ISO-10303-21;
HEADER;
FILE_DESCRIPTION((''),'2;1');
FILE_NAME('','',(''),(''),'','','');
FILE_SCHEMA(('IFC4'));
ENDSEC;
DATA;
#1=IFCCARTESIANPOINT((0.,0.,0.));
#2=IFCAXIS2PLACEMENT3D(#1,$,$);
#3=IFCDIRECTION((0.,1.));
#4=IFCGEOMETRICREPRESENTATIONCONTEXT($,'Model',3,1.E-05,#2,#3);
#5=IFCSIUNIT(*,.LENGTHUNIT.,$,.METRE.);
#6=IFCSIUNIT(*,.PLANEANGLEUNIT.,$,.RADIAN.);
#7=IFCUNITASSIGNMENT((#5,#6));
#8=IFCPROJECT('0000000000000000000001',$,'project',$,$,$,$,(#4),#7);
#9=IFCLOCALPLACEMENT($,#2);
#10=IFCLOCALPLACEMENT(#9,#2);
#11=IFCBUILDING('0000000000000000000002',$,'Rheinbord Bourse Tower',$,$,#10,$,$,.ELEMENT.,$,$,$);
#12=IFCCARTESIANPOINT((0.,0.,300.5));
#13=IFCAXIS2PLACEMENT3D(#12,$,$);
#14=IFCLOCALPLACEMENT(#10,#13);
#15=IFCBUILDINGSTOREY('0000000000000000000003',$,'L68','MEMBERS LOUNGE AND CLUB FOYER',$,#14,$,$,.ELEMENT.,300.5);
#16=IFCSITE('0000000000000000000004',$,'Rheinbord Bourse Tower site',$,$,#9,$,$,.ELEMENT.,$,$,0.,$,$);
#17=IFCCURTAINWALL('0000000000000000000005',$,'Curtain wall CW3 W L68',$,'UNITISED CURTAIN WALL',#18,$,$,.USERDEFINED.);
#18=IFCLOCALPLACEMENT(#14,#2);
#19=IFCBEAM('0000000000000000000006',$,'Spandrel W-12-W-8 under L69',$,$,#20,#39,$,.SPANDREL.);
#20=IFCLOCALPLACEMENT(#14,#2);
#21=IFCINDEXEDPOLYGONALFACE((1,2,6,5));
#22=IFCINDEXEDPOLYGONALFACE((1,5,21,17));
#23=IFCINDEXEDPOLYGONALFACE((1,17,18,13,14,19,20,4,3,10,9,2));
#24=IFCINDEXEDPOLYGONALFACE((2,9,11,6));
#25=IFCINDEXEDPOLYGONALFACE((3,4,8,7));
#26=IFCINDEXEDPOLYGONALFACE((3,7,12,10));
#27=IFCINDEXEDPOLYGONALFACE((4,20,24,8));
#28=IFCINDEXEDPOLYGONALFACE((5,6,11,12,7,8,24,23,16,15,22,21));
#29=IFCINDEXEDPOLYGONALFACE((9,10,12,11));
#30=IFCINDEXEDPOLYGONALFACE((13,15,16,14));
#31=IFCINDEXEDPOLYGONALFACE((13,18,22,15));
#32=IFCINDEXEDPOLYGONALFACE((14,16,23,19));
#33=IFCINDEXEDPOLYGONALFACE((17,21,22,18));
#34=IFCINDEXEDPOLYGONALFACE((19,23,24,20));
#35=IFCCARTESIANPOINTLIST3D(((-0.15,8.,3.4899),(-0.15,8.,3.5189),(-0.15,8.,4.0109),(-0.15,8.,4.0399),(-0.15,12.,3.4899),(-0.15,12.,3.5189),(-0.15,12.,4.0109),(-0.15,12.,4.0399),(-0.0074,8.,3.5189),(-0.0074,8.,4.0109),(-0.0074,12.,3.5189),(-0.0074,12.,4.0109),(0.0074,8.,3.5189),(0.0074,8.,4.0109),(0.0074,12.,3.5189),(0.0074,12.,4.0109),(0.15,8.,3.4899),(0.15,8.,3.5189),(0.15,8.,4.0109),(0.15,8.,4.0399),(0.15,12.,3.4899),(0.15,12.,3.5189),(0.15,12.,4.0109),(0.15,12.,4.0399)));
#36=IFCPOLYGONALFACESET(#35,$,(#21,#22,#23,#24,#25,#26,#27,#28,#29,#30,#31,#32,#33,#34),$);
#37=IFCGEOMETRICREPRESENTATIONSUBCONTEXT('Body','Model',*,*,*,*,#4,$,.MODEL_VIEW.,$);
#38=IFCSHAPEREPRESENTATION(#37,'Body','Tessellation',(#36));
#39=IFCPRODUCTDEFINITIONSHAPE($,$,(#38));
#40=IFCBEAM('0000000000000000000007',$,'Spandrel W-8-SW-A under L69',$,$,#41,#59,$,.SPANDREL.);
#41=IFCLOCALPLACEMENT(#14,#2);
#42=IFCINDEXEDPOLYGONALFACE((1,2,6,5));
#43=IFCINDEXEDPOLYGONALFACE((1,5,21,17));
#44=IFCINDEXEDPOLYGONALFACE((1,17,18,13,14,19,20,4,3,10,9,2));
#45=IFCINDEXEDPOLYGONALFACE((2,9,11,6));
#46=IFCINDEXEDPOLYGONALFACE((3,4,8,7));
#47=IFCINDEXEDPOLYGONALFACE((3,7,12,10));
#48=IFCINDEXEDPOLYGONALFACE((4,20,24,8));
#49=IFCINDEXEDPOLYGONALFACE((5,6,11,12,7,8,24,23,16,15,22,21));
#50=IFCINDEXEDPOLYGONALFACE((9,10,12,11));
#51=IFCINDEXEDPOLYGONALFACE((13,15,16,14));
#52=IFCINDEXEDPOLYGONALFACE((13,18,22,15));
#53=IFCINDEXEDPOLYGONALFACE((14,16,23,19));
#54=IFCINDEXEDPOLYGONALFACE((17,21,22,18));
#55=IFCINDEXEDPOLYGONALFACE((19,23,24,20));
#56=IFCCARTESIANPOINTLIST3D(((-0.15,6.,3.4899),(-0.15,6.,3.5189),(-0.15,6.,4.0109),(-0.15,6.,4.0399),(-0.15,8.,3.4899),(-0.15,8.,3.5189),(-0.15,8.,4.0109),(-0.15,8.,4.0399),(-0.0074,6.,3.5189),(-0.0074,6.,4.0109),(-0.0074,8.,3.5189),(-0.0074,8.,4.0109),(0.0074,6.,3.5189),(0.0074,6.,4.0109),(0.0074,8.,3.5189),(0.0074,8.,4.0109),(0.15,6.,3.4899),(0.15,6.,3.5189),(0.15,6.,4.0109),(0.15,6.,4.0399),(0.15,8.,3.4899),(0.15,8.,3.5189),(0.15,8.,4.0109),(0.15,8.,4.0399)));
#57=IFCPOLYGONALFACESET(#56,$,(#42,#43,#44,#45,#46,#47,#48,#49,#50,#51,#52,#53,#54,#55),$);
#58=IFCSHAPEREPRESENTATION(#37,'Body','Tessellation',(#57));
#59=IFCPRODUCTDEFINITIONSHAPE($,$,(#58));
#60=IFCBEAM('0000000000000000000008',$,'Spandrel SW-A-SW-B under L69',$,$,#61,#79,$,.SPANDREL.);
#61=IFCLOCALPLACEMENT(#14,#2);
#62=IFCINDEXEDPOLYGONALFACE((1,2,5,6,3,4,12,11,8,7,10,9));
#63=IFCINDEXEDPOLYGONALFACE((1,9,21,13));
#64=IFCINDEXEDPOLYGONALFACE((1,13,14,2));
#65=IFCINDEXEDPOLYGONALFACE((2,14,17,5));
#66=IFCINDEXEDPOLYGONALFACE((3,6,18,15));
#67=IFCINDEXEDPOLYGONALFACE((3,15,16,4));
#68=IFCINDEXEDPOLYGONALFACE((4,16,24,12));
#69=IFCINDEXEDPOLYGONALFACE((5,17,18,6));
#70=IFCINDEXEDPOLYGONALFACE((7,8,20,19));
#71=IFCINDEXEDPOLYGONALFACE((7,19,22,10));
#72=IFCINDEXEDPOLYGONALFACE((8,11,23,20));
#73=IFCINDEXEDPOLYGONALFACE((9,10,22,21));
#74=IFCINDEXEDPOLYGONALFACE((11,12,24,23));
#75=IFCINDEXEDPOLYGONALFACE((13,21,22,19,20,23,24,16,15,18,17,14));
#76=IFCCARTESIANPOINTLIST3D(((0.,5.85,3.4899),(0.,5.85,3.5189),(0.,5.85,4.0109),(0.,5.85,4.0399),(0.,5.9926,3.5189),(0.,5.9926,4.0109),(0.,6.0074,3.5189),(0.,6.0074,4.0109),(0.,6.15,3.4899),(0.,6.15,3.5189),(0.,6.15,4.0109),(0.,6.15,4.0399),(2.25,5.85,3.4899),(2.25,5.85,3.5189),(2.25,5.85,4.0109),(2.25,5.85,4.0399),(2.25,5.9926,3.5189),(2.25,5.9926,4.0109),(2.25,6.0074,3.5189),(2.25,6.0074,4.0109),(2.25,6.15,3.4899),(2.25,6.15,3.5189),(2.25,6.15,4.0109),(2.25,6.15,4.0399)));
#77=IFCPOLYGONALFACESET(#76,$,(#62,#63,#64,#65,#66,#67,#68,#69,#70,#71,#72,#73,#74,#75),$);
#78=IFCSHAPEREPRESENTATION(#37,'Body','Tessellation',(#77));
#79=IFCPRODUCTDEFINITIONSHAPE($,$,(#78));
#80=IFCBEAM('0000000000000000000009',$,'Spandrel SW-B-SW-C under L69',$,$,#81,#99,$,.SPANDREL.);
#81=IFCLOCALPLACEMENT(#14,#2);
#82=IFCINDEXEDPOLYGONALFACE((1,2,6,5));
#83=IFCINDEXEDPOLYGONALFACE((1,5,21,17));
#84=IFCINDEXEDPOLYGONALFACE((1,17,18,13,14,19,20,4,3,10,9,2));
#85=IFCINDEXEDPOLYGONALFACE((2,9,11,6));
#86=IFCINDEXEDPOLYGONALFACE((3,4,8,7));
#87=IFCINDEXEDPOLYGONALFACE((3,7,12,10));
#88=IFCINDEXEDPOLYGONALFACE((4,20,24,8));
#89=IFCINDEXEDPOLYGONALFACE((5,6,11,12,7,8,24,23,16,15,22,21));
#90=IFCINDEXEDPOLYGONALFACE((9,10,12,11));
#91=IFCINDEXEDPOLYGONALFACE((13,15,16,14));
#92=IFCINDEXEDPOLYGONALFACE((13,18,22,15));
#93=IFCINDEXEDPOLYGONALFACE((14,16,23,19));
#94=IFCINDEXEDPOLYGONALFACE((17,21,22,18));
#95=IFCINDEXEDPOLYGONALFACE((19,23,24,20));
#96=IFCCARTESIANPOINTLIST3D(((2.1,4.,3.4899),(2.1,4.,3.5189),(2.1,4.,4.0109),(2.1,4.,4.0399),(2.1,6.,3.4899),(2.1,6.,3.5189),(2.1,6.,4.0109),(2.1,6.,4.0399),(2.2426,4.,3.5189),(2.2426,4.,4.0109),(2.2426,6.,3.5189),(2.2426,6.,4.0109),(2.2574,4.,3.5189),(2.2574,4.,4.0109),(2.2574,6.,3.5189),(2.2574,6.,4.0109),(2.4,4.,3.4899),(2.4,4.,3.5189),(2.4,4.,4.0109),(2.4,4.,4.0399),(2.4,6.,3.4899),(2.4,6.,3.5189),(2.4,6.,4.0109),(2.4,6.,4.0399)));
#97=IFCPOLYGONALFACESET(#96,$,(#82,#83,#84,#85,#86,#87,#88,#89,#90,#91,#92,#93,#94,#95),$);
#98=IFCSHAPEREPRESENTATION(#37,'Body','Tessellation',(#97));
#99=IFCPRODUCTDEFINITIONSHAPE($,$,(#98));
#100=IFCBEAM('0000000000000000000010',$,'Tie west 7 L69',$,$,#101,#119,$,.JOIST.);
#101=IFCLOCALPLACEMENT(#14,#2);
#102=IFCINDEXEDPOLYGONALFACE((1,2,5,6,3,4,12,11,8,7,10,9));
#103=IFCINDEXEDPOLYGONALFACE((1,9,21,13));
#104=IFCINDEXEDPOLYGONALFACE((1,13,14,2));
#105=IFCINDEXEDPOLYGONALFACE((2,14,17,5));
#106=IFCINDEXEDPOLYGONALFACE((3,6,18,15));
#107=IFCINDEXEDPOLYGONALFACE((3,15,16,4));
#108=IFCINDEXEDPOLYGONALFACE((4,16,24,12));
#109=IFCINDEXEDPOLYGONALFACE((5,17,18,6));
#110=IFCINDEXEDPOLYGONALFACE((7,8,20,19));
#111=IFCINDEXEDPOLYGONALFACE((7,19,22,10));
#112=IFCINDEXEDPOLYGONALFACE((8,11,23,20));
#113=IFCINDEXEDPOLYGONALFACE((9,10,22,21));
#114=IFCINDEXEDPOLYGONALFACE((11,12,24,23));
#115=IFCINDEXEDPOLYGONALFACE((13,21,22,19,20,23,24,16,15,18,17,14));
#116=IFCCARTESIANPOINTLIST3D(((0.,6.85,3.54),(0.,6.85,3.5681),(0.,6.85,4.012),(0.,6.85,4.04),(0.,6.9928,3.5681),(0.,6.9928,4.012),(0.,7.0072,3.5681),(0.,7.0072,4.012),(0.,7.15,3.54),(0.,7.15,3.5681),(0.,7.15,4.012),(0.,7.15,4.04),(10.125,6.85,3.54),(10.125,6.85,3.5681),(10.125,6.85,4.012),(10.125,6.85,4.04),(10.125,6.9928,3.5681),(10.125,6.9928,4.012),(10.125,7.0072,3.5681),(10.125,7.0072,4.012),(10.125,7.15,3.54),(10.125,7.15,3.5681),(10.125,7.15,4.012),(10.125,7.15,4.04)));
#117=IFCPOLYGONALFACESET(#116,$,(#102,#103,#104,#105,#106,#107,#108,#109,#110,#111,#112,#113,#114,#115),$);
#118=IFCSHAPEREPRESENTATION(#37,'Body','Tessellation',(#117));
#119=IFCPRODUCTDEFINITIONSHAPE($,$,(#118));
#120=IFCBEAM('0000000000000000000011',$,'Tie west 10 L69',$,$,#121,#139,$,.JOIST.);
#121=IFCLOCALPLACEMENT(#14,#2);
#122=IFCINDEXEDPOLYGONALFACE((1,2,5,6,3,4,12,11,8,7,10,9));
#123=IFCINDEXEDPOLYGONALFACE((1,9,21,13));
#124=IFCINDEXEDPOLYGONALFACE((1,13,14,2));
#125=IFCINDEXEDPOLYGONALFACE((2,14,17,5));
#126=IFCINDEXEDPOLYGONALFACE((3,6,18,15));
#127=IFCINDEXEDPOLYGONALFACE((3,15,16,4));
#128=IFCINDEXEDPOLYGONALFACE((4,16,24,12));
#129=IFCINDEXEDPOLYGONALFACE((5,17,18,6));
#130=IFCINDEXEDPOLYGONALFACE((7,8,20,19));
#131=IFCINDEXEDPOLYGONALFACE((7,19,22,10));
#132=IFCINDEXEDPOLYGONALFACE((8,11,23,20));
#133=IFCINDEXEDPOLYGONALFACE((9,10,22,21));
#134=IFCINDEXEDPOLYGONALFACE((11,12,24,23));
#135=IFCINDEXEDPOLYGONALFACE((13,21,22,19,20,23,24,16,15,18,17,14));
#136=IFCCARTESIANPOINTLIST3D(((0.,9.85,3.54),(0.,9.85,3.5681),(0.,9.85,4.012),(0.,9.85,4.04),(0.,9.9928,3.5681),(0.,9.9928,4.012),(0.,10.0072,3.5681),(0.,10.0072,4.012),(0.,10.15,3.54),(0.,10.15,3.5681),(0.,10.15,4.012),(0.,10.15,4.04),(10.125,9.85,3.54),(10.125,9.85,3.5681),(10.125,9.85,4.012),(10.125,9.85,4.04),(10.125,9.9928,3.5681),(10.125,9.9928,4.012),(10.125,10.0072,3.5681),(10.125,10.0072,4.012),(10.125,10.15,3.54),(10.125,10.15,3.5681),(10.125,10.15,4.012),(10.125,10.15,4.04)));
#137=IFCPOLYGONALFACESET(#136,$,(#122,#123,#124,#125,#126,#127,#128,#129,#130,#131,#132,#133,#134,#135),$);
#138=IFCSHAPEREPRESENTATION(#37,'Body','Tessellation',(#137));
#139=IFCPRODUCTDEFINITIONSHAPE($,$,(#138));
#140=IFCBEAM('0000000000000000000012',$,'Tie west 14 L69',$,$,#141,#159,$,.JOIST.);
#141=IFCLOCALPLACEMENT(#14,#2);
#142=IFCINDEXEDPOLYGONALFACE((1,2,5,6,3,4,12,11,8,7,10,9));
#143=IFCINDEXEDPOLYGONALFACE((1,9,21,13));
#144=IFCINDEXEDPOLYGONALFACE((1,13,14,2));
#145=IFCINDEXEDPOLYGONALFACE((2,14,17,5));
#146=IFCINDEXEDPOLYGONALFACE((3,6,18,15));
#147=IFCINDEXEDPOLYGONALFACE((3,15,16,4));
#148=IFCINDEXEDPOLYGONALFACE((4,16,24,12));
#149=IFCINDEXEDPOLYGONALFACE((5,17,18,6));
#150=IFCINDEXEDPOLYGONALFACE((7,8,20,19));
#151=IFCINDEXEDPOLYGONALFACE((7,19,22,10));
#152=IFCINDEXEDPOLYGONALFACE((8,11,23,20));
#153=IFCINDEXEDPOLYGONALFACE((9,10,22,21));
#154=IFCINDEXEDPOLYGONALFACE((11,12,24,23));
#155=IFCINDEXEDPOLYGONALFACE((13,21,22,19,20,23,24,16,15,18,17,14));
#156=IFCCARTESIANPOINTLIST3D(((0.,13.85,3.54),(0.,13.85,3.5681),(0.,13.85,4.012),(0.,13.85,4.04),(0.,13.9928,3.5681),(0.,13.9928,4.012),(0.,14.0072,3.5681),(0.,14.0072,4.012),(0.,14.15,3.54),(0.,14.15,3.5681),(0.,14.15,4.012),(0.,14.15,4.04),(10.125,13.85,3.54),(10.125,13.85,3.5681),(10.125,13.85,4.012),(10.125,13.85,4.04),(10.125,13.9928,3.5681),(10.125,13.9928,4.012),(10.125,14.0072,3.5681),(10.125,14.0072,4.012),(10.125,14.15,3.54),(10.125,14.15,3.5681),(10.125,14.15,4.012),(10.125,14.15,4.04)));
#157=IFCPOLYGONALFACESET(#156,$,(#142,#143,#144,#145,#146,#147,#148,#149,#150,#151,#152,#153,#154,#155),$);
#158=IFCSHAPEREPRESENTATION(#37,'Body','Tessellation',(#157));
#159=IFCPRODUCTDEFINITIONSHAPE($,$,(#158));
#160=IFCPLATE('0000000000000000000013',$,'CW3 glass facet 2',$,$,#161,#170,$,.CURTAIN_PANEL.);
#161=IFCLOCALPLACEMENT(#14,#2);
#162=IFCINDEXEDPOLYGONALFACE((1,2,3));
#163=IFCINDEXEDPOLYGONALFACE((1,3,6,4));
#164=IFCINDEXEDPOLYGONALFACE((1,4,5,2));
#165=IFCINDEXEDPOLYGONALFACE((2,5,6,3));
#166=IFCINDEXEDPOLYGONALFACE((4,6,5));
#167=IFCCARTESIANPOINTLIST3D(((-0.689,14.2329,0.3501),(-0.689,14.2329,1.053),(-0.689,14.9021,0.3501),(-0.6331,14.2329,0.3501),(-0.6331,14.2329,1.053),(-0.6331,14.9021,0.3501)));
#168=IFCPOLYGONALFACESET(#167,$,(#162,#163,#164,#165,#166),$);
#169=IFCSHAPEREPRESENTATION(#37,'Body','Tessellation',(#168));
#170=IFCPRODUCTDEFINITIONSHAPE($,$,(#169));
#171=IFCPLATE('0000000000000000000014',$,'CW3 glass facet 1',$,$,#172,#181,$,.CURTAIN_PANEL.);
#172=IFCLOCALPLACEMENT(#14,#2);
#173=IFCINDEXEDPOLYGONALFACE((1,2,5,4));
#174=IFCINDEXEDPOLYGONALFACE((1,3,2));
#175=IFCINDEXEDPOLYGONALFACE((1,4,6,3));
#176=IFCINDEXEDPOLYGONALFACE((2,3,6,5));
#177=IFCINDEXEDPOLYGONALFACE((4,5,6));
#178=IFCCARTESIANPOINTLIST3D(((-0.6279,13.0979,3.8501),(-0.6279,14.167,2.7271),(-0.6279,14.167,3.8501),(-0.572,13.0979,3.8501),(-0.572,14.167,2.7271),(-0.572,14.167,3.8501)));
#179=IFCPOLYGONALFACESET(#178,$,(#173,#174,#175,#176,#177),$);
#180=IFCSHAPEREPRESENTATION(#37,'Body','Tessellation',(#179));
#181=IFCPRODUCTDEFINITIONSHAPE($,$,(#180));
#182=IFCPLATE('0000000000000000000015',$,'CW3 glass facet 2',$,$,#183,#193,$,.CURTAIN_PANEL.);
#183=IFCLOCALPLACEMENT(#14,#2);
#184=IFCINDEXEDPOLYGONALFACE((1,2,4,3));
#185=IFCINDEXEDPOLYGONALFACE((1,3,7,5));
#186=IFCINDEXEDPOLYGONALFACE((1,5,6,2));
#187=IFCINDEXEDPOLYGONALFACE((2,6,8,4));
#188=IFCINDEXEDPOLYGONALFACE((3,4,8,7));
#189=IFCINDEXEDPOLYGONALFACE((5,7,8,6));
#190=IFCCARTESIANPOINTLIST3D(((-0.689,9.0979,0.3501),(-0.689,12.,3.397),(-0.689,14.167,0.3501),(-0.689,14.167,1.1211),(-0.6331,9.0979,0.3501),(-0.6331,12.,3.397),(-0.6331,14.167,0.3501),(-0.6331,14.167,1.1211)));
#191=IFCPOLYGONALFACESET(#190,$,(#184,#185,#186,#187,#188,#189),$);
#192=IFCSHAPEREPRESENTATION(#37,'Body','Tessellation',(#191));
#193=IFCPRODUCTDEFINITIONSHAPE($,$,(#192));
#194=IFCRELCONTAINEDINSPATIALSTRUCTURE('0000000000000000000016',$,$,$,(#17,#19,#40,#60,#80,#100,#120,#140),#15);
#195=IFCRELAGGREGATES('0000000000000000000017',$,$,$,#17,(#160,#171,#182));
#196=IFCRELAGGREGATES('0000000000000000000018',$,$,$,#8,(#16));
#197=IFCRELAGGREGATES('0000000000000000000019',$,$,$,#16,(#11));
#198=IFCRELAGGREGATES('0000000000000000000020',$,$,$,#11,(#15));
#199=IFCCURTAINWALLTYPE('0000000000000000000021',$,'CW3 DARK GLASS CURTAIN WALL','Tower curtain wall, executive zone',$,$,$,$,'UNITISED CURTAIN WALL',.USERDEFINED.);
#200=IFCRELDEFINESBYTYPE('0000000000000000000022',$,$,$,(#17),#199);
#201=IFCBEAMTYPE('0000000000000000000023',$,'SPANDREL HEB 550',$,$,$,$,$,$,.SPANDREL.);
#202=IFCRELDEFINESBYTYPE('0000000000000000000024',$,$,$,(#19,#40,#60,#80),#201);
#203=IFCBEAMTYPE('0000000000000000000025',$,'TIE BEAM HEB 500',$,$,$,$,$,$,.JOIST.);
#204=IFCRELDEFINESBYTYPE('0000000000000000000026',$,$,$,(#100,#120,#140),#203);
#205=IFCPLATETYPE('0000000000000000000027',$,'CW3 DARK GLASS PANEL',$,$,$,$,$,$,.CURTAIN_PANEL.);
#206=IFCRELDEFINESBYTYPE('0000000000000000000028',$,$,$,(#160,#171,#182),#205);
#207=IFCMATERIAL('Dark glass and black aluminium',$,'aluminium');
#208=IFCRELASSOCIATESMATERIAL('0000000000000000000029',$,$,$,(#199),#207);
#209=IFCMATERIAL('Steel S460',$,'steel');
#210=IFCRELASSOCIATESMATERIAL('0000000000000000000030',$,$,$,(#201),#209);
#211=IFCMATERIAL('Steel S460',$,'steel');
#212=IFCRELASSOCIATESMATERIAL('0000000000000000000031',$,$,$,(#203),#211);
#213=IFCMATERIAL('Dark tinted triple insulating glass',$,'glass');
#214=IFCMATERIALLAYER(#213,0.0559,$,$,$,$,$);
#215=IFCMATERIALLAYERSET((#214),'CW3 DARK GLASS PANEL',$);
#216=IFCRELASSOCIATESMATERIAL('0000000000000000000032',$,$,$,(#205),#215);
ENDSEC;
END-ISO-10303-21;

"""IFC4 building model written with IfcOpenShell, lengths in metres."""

from ifc_helpers import new_model, si_unit, direction, frame, origin, origin_2d, place, context, subcontext, project, spatial, polyline, i_section, outline, extrude, material, layer, layer_set, material_profile, profile_set, type_object, element, aggregate, save


model = new_model("IFC4")

# Units and contexts
model_context = context("Model", 3, precision=1e-05, world=origin(), true_north=direction((0.0, 1.0)))
body_context = subcontext(model_context, "Body", "Model", "MODEL_VIEW")
ifc_project = project(units=[si_unit("LENGTHUNIT", "METRE"), si_unit("PLANEANGLEUNIT", "RADIAN")], contexts=[model_context])

# Site, building, storey
site_placement = place(None, origin())
site = spatial("IfcSite", under=ifc_project, at=site_placement, Name="Rheinbord Bourse Tower site", CompositionType="ELEMENT", RefElevation=0.0)
building_placement = place(site_placement, origin())
building = spatial("IfcBuilding", under=site, at=building_placement, Name="Rheinbord Bourse Tower", CompositionType="ELEMENT")
storey_placement = place(building_placement, frame((0.0, 0.0, 300.5)))
storey = spatial("IfcBuildingStorey", under=building, at=storey_placement, Name="L68", Description="MEMBERS LOUNGE AND CLUB FOYER", CompositionType="ELEMENT", Elevation=300.5)

# Curtain wall
ifc_material_1 = material(Name="Dark glass and black aluminium", Category="aluminium")
curtain_wall_type = type_object("IfcCurtainWallType", Name="CW3 DARK GLASS CURTAIN WALL", Description="Tower curtain wall, executive zone", ElementType="UNITISED CURTAIN WALL", PredefinedType="USERDEFINED", material=ifc_material_1)
curtain_wall_placement = place(storey_placement, origin())
curtain_wall = element("IfcCurtainWall", 1, at=curtain_wall_placement, inside=storey, type_object=curtain_wall_type, Name="Curtain wall CW3 W L68", ObjectType="UNITISED CURTAIN WALL", PredefinedType="USERDEFINED")

# Beams
ifc_material_2 = material(Name="Steel S460", Category="steel")
ifc_material_profile_1 = material_profile(ifc_material_2, i_section(OverallWidth=0.3, OverallDepth=0.55, WebThickness=0.0149, FlangeThickness=0.0291, at=origin_2d()), Name="HEB 550")
ifc_profile_set_1 = profile_set([ifc_material_profile_1], Name="Steel S460")
beam_type_1 = type_object("IfcBeamType", Name="SPANDREL HEB 550", PredefinedType="SPANDREL", material=ifc_profile_set_1)
for number, where, z_axis, x_axis, name in (
    (2, (0.0, 12.0, 3.7649), (0.0, -1.0, 0.0), (1.0, 0.0, 0.0), "Spandrel W-12-W-8 under L69"),
):
    element("IfcBeam", number, at=place(storey_placement, frame(where, z_axis=z_axis, x_axis=x_axis)), inside=storey, type_object=beam_type_1, Name=name, PredefinedType="SPANDREL", context=body_context, shape_type="SweptSolid", body=[
        extrude(i_section(OverallWidth=0.3, OverallDepth=0.55, WebThickness=0.0149, FlangeThickness=0.0291, at=origin_2d()), origin(), (0.0, 0.0, 1.0), 4.0),
    ])
beam_1_placement = place(storey_placement, frame((0.0, 8.0, 3.7649), z_axis=(0.0, -1.0, 0.0), x_axis=(1.0, 0.0, 0.0)))
element("IfcBeam", 3, at=beam_1_placement, inside=storey, type_object=beam_type_1, Name="Spandrel W-8-SW-A under L69", PredefinedType="SPANDREL", context=body_context, shape_type="SweptSolid", body=[
    extrude(i_section(OverallWidth=0.3, OverallDepth=0.55, WebThickness=0.0149, FlangeThickness=0.0291, at=origin_2d()), origin(), (0.0, 0.0, 1.0), 2.0),
])
beam_2_placement = place(storey_placement, frame((0.0, 6.0, 3.7649), z_axis=(1.0, 0.0, 0.0), x_axis=(0.0, 1.0, 0.0)))
element("IfcBeam", 4, at=beam_2_placement, inside=storey, type_object=beam_type_1, Name="Spandrel SW-A-SW-B under L69", PredefinedType="SPANDREL", context=body_context, shape_type="SweptSolid", body=[
    extrude(i_section(OverallWidth=0.3, OverallDepth=0.55, WebThickness=0.0149, FlangeThickness=0.0291, at=origin_2d()), origin(), (0.0, 0.0, 1.0), 2.25),
])
beam_3_placement = place(storey_placement, frame((2.25, 6.0, 3.7649), z_axis=(0.0, -1.0, 0.0), x_axis=(1.0, 0.0, 0.0)))
element("IfcBeam", 5, at=beam_3_placement, inside=storey, type_object=beam_type_1, Name="Spandrel SW-B-SW-C under L69", PredefinedType="SPANDREL", context=body_context, shape_type="SweptSolid", body=[
    extrude(i_section(OverallWidth=0.3, OverallDepth=0.55, WebThickness=0.0149, FlangeThickness=0.0291, at=origin_2d()), origin(), (0.0, 0.0, 1.0), 2.0),
])
ifc_material_3 = material(Name="Steel S460", Category="steel")
ifc_material_profile_2 = material_profile(ifc_material_3, i_section(OverallWidth=0.3, OverallDepth=0.5, WebThickness=0.0144, FlangeThickness=0.0281, at=origin_2d()), Name="HEB 500")
ifc_profile_set_2 = profile_set([ifc_material_profile_2], Name="Steel S460")
beam_type_2 = type_object("IfcBeamType", Name="TIE BEAM HEB 500", PredefinedType="JOIST", material=ifc_profile_set_2)
for number, where, z_axis, x_axis, name in (
    (6, (0.0, 7.0, 3.79), (1.0, 0.0, 0.0), (0.0, 1.0, 0.0), "Tie west 7 L69"),
    (7, (0.0, 10.0, 3.79), (1.0, 0.0, 0.0), (0.0, 1.0, 0.0), "Tie west 10 L69"),
    (8, (0.0, 14.0, 3.79), (1.0, 0.0, 0.0), (0.0, 1.0, 0.0), "Tie west 14 L69"),
):
    element("IfcBeam", number, at=place(storey_placement, frame(where, z_axis=z_axis, x_axis=x_axis)), inside=storey, type_object=beam_type_2, Name=name, PredefinedType="JOIST", context=body_context, shape_type="SweptSolid", body=[
        extrude(i_section(OverallWidth=0.3, OverallDepth=0.5, WebThickness=0.0144, FlangeThickness=0.0281, at=origin_2d()), origin(), (0.0, 0.0, 1.0), 10.125),
    ])

# Plates
ifc_material_4 = material(Name="Dark tinted triple insulating glass", Category="glass")
ifc_layer_1 = layer(ifc_material_4, 0.0559)
ifc_layer_set_1 = layer_set([ifc_layer_1], Name="CW3 DARK GLASS PANEL")
plate_type = type_object("IfcPlateType", Name="CW3 DARK GLASS PANEL", PredefinedType="CURTAIN_PANEL", material=ifc_layer_set_1)
plate_1_placement = place(storey_placement, frame((-0.689, 14.2329, 0.3501), z_axis=(1.0, 0.0, 0.0), x_axis=(0.0, 1.0, 0.0)))
plate_1 = element("IfcPlate", 9, at=plate_1_placement, type_object=plate_type, Name="CW3 glass facet 2", PredefinedType="CURTAIN_PANEL", context=body_context, shape_type="SweptSolid", body=[
    extrude(outline(polyline([(0.0, 0.0), (0.6692, 0.0), (0.0, 0.7029), (0.0, 0.0)])), origin(), (0.0, 0.0, 1.0), 0.0559),
])
plate_2_placement = place(storey_placement, frame((-0.6279, 14.167, 3.8501), z_axis=(1.0, 0.0, 0.0), x_axis=(0.0, -1.0, 0.0)))
plate_2 = element("IfcPlate", 10, at=plate_2_placement, type_object=plate_type, Name="CW3 glass facet 1", PredefinedType="CURTAIN_PANEL", context=body_context, shape_type="SweptSolid", body=[
    extrude(outline(polyline([(0.0, 0.0), (1.0691, 0.0), (0.0, 1.123), (0.0, 0.0)])), origin(), (0.0, 0.0, 1.0), 0.0559),
])
plate_3_placement = place(storey_placement, frame((-0.689, 14.167, 0.3501), z_axis=(1.0, 0.0, 0.0), x_axis=(0.0, 0.0, 1.0)))
plate_3 = element("IfcPlate", 11, at=plate_3_placement, type_object=plate_type, Name="CW3 glass facet 2", PredefinedType="CURTAIN_PANEL", context=body_context, shape_type="SweptSolid", body=[
    extrude(outline(polyline([(0.0, 0.0), (0.771, 0.0), (3.0469, 2.167), (0.0, 5.0691), (0.0, 0.0)])), origin(), (0.0, 0.0, 1.0), 0.0559),
])
aggregate(curtain_wall, [plate_1, plate_2, plate_3])

save(model, "model.ifc")
